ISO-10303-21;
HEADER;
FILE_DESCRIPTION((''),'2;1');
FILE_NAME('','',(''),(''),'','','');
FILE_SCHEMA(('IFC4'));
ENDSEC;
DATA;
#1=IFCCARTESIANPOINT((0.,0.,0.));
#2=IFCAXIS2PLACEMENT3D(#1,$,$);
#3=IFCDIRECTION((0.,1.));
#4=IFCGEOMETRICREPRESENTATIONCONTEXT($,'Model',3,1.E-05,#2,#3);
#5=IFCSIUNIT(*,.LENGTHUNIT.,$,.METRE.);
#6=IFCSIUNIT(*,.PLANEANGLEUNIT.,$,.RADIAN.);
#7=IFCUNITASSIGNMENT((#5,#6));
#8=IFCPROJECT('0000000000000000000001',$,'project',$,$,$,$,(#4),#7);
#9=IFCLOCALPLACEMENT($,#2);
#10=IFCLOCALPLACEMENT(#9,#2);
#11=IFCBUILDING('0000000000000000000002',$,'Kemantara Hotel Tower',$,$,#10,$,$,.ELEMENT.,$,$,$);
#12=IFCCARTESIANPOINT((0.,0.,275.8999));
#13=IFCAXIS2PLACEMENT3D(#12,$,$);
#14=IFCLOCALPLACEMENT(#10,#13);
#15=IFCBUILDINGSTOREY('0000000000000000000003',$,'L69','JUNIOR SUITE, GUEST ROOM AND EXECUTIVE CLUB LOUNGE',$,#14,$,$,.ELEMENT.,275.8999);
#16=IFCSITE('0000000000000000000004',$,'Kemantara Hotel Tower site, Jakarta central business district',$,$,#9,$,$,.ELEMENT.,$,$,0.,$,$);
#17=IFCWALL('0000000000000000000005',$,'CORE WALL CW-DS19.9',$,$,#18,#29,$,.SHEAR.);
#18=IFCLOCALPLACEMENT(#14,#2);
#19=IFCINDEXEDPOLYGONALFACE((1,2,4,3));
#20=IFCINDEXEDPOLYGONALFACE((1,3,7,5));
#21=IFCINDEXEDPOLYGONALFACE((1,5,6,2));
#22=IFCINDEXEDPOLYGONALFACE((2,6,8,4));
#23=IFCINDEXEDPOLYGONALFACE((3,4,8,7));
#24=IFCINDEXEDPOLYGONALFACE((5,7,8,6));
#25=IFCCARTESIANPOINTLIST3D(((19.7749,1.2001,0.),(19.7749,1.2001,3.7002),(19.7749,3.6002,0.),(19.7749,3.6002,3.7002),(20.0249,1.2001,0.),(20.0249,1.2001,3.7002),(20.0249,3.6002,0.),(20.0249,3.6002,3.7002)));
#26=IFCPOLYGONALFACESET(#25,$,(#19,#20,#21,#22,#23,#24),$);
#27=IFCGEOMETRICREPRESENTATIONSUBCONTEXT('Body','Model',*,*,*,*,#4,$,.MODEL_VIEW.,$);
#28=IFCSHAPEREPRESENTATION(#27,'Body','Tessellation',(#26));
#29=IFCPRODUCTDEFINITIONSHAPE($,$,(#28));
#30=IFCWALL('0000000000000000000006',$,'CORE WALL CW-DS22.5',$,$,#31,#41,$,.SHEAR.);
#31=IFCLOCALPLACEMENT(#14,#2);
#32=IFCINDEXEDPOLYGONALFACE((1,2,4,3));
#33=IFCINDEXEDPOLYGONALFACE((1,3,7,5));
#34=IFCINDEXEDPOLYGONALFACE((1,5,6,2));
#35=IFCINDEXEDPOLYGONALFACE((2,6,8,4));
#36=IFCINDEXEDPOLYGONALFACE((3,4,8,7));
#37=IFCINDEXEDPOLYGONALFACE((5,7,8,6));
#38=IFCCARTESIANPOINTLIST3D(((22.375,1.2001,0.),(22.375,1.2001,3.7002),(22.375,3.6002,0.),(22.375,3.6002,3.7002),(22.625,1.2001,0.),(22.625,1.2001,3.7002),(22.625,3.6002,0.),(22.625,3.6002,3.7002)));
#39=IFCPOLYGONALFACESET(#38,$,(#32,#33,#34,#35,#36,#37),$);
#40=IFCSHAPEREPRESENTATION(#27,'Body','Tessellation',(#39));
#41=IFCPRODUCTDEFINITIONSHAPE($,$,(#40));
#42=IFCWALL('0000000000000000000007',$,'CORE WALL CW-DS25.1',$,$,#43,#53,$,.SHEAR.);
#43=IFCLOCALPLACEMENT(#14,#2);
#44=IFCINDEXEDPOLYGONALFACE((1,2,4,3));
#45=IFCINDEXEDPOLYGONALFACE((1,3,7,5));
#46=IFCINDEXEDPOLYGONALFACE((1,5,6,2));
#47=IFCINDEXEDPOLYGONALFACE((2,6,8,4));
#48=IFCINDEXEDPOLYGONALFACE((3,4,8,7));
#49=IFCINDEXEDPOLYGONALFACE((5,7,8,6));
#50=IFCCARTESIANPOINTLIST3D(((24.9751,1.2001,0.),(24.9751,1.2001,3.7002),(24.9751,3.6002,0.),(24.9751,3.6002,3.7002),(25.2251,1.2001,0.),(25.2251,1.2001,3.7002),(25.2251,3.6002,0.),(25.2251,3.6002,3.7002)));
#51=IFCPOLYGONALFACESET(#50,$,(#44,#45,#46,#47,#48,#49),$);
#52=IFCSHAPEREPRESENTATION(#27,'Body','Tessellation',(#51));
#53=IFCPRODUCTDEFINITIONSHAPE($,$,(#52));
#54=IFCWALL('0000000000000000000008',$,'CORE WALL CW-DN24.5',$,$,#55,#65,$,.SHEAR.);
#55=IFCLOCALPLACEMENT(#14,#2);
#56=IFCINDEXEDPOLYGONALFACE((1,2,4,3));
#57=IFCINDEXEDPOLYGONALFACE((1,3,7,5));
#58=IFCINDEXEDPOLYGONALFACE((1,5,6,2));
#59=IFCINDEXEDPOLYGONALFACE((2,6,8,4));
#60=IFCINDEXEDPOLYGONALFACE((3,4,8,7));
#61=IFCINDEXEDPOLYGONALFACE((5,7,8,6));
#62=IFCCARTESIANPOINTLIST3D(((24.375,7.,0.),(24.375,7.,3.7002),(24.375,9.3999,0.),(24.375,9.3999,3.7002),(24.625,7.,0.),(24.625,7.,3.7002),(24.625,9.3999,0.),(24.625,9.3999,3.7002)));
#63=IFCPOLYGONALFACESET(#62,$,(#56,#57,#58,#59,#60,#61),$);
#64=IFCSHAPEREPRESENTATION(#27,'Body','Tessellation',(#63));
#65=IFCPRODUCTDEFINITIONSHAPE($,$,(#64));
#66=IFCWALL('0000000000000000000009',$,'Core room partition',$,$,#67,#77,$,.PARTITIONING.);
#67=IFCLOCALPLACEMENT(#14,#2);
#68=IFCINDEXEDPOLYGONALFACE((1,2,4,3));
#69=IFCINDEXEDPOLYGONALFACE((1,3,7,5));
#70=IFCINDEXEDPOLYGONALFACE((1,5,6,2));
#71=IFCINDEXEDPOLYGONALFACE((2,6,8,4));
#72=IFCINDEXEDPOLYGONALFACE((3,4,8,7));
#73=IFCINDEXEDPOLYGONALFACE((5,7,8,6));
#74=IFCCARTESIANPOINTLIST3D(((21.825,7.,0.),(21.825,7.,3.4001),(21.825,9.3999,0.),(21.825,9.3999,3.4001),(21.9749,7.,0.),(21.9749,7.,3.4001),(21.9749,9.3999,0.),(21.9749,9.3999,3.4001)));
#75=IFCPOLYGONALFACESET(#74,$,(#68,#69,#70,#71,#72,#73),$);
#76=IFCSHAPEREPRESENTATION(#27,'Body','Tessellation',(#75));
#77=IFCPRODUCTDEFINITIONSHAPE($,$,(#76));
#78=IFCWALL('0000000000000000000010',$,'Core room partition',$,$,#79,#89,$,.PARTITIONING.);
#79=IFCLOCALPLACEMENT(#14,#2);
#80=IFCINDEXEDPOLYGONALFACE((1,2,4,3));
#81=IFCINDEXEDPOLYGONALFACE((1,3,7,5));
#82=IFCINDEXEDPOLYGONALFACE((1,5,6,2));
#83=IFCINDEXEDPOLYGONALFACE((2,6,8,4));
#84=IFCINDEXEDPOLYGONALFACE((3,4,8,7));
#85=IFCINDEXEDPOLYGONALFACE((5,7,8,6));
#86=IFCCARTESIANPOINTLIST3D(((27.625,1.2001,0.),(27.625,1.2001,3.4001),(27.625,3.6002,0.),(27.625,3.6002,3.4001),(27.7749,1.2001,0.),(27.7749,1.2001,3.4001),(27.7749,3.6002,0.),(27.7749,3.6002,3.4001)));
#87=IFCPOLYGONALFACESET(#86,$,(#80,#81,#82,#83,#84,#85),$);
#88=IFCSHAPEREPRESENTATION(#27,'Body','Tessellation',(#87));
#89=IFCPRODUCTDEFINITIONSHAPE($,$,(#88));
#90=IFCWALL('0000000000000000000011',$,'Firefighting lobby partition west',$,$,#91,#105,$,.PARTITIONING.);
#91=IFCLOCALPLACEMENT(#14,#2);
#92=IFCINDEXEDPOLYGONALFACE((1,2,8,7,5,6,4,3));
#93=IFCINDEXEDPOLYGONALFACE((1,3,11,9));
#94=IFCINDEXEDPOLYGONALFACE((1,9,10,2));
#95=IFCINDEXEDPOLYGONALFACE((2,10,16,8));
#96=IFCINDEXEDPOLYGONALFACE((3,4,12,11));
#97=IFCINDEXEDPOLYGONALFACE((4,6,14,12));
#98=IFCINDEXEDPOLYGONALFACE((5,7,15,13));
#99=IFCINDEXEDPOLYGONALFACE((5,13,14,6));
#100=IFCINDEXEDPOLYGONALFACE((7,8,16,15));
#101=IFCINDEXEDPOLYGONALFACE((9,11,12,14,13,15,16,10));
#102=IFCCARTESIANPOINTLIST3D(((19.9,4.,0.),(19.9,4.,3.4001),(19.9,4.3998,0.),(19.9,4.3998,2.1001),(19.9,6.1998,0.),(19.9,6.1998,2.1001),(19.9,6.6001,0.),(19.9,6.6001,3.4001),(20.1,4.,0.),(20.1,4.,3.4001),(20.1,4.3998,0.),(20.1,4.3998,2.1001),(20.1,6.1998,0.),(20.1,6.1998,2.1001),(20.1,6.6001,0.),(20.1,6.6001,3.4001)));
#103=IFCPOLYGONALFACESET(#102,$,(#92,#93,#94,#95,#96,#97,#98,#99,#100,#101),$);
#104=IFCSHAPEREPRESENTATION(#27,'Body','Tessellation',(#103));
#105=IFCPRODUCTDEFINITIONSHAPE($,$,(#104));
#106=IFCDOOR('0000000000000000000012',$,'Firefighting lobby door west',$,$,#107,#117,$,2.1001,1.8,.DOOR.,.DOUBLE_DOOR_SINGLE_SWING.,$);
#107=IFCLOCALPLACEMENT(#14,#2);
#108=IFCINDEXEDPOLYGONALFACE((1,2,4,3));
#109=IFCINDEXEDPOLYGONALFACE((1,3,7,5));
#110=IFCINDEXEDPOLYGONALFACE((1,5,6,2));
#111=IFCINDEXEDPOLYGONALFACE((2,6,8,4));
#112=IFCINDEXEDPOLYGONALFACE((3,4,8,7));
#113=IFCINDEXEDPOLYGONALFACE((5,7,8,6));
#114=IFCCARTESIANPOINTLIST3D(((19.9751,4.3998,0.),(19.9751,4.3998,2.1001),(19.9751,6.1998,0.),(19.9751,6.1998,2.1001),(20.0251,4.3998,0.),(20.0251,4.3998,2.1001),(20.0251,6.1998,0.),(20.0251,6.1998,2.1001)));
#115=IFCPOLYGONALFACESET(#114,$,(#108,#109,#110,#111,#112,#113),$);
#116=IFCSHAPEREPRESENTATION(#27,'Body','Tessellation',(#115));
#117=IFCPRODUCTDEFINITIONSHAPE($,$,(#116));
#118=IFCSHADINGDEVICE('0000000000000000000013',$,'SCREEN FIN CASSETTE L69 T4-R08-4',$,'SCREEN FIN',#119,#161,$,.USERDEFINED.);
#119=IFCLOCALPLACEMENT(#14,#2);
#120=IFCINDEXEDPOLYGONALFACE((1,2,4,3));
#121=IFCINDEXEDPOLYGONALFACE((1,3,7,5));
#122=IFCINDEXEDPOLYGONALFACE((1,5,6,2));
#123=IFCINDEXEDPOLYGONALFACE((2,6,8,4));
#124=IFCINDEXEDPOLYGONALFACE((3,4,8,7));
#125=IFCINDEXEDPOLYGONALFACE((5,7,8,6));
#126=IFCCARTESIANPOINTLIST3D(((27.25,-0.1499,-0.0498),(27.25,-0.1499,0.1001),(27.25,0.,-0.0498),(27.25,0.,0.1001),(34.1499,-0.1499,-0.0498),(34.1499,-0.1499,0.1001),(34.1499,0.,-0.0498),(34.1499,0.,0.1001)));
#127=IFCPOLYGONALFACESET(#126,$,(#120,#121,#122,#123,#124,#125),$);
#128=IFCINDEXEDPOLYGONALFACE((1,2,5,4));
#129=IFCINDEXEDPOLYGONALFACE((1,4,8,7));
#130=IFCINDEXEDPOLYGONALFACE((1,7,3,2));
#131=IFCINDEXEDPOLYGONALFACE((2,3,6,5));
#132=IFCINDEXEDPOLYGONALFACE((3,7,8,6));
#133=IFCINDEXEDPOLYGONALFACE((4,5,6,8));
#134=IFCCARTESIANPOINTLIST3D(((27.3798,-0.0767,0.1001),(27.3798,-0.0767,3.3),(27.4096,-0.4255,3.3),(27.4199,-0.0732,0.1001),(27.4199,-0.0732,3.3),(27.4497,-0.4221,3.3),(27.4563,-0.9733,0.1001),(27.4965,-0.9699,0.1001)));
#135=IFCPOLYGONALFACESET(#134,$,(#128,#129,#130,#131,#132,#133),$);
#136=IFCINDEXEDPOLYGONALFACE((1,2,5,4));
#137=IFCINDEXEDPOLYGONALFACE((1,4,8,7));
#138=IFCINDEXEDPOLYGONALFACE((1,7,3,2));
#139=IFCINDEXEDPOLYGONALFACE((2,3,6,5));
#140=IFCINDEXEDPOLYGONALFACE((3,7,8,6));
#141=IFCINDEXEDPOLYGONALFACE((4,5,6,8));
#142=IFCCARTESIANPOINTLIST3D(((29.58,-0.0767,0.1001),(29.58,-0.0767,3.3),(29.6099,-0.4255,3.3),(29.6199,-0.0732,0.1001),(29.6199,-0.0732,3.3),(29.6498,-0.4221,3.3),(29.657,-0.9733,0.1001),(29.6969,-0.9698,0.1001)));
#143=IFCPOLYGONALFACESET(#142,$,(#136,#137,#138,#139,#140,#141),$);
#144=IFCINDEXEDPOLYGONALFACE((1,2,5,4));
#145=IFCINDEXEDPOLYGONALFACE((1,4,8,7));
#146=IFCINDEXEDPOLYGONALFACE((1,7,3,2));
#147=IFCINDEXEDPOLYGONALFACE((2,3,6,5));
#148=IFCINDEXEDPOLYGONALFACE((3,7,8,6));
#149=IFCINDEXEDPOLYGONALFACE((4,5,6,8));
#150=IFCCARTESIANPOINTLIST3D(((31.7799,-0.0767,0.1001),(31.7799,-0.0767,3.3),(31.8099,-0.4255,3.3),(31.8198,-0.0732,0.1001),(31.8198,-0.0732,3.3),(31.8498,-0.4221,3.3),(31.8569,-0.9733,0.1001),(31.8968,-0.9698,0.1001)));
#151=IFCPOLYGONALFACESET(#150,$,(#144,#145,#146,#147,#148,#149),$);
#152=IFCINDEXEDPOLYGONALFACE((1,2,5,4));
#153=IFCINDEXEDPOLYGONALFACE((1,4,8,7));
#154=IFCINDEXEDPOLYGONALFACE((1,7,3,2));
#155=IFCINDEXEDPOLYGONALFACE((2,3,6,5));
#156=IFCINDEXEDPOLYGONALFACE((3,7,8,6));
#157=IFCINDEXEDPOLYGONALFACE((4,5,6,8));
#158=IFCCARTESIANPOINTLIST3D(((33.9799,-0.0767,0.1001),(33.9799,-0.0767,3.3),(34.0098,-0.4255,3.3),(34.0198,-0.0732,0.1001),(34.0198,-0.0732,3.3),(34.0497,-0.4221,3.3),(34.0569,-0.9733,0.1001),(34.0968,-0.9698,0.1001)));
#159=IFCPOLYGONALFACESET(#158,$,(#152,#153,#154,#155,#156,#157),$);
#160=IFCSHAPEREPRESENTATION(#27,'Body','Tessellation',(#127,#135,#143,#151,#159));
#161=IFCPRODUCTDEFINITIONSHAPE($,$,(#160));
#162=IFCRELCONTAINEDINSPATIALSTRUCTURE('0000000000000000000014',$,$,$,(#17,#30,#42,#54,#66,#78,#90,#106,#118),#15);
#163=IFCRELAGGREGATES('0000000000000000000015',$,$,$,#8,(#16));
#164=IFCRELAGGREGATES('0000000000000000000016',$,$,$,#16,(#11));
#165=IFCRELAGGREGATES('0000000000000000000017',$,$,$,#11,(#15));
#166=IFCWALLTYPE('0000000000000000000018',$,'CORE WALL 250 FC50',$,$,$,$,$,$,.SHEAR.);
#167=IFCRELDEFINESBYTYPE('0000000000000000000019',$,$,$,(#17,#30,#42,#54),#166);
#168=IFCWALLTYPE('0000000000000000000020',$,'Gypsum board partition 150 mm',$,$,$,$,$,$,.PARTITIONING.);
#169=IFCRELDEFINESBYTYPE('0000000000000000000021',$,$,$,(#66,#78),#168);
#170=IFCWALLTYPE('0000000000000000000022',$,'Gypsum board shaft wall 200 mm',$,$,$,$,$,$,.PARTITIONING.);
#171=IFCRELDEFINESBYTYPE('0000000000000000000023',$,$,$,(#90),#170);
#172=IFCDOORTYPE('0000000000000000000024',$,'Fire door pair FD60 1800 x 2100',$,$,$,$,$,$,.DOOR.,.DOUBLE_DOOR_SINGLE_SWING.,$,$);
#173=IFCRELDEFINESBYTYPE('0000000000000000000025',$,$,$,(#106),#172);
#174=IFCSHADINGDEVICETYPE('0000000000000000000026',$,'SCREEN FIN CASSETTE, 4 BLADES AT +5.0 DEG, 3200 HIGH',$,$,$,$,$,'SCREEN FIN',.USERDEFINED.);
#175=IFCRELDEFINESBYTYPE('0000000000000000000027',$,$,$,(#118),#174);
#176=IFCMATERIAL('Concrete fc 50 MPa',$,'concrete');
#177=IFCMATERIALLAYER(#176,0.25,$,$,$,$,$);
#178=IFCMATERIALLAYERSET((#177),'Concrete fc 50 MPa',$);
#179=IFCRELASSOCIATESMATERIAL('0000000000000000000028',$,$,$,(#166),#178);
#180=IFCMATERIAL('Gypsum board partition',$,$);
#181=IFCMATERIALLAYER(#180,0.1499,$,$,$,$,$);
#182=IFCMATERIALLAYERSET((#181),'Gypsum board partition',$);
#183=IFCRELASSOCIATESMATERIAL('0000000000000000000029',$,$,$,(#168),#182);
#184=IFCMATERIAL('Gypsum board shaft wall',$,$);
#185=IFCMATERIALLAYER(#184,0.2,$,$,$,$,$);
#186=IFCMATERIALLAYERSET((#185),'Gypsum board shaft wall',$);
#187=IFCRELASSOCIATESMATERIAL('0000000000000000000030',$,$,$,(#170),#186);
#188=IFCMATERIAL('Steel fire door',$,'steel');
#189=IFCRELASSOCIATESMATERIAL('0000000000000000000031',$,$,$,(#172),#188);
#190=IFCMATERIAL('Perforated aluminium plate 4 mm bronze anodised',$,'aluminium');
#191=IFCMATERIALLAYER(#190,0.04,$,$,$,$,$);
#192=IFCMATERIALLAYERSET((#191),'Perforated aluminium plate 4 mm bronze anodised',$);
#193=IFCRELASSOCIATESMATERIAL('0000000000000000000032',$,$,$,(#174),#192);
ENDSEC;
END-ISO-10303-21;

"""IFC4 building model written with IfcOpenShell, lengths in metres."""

from ifc_helpers import new_model, si_unit, direction, frame, frame_2d, origin, origin_2d, place, context, subcontext, project, spatial, polyline, rectangle, outline, extrude, source, transform, mapped, material, layer, layer_set, type_object, element, fill, save


model = new_model("IFC4")

# Units and contexts
model_context = context("Model", 3, precision=1e-05, world=origin(), true_north=direction((0.0, 1.0)))
body_context = subcontext(model_context, "Body", "Model", "MODEL_VIEW")
ifc_project = project(units=[si_unit("LENGTHUNIT", "METRE"), si_unit("PLANEANGLEUNIT", "RADIAN")], contexts=[model_context])

# Site, building, storey
site_placement = place(None, origin())
site = spatial("IfcSite", under=ifc_project, at=site_placement, Name="Kemantara Hotel Tower site, Jakarta central business district", CompositionType="ELEMENT", RefElevation=0.0)
building_placement = place(site_placement, origin())
building = spatial("IfcBuilding", under=site, at=building_placement, Name="Kemantara Hotel Tower", CompositionType="ELEMENT")
storey_placement = place(building_placement, frame((0.0, 0.0, 275.8999)))
storey = spatial("IfcBuildingStorey", under=building, at=storey_placement, Name="L69", Description="JUNIOR SUITE, GUEST ROOM AND EXECUTIVE CLUB LOUNGE", CompositionType="ELEMENT", Elevation=275.8999)

# Walls
ifc_material_1 = material(Name="Concrete fc 50 MPa", Category="concrete")
ifc_layer_1 = layer(ifc_material_1, 0.25)
ifc_layer_set_1 = layer_set([ifc_layer_1], Name="Concrete fc 50 MPa")
wall_type_1 = type_object("IfcWallType", Name="CORE WALL 250 FC50", PredefinedType="SHEAR", material=ifc_layer_set_1)
for number, where, z_axis, x_axis, name in (
    (1, (19.8999, 1.2, 0.0), (0.0, 0.0, 1.0), (0.0, 1.0, 0.0), "CORE WALL CW-DS19.9"),
    (2, (22.5, 1.2, 0.0), (0.0, 0.0, 1.0), (0.0, 1.0, 0.0), "CORE WALL CW-DS22.5"),
    (3, (25.1001, 1.2, 0.0), (0.0, 0.0, 1.0), (0.0, 1.0, 0.0), "CORE WALL CW-DS25.1"),
):
    element("IfcWall", number, at=place(storey_placement, frame(where, z_axis=z_axis, x_axis=x_axis)), inside=storey, type_object=wall_type_1, Name=name, PredefinedType="SHEAR", context=body_context, shape_type="SweptSolid", body=[
        extrude(rectangle(XDim=2.4001, YDim=0.25, at=frame_2d((1.2002, 0.0))), origin(), (0.0, 0.0, 1.0), 3.7002),
    ])
wall_1_placement = place(storey_placement, frame((24.5, 7.0, 0.0), z_axis=(0.0, 0.0, 1.0), x_axis=(0.0, 1.0, 0.0)))
element("IfcWall", 4, at=wall_1_placement, inside=storey, type_object=wall_type_1, Name="CORE WALL CW-DN24.5", PredefinedType="SHEAR", context=body_context, shape_type="SweptSolid", body=[
    extrude(rectangle(XDim=2.3999, YDim=0.25, at=frame_2d((1.2, 0.0))), origin(), (0.0, 0.0, 1.0), 3.7002),
])
ifc_material_2 = material(Name="Gypsum board partition")
ifc_layer_2 = layer(ifc_material_2, 0.1499)
ifc_layer_set_2 = layer_set([ifc_layer_2], Name="Gypsum board partition")
wall_type_2 = type_object("IfcWallType", Name="Gypsum board partition 150 mm", PredefinedType="PARTITIONING", material=ifc_layer_set_2)
wall_2_placement = place(storey_placement, frame((21.8999, 7.0, 0.0), z_axis=(0.0, 0.0, 1.0), x_axis=(0.0, 1.0, 0.0)))
element("IfcWall", 5, at=wall_2_placement, inside=storey, type_object=wall_type_2, Name="Core room partition", PredefinedType="PARTITIONING", context=body_context, shape_type="SweptSolid", body=[
    extrude(rectangle(XDim=2.3999, YDim=0.1499, at=frame_2d((1.2, 0.0))), origin(), (0.0, 0.0, 1.0), 3.4001),
])
wall_3_placement = place(storey_placement, frame((27.7, 1.2, 0.0), z_axis=(0.0, 0.0, 1.0), x_axis=(0.0, 1.0, 0.0)))
element("IfcWall", 6, at=wall_3_placement, inside=storey, type_object=wall_type_2, Name="Core room partition", PredefinedType="PARTITIONING", context=body_context, shape_type="SweptSolid", body=[
    extrude(rectangle(XDim=2.4001, YDim=0.1499, at=frame_2d((1.2002, 0.0))), origin(), (0.0, 0.0, 1.0), 3.4001),
])

# Wall, opening, door
ifc_material_3 = material(Name="Gypsum board shaft wall")
ifc_layer_3 = layer(ifc_material_3, 0.2)
ifc_layer_set_3 = layer_set([ifc_layer_3], Name="Gypsum board shaft wall")
wall_type_3 = type_object("IfcWallType", Name="Gypsum board shaft wall 200 mm", PredefinedType="PARTITIONING", material=ifc_layer_set_3)
wall_4_placement = place(storey_placement, frame((20.0, 4.0, 0.0), z_axis=(0.0, 0.0, 1.0), x_axis=(0.0, 1.0, 0.0)))
wall_4 = element("IfcWall", 7, at=wall_4_placement, inside=storey, type_object=wall_type_3, Name="Firefighting lobby partition west", PredefinedType="PARTITIONING", context=body_context, shape_type="SweptSolid", body=[
    extrude(rectangle(XDim=2.6001, YDim=0.2, at=frame_2d((1.3, 0.0))), origin(), (0.0, 0.0, 1.0), 3.4001),
])
opening_placement = place(wall_4_placement, frame((0.3999, 0.0, 0.0)))
opening = element("IfcOpeningElement", 8, at=opening_placement, cuts=wall_4, PredefinedType="OPENING", context=body_context, shape_type="SweptSolid", body=[
    extrude(rectangle(XDim=1.8, YDim=2.1001, at=frame_2d((0.8999, 1.05))), frame((0.0, 0.1099, 0.0), z_axis=(0.0, -1.0, 0.0), x_axis=(1.0, 0.0, 0.0)), (0.0, 0.0, 1.0), 0.22),
])
ifc_material_4 = material(Name="Steel fire door", Category="steel")
door_type = type_object("IfcDoorType", Name="Fire door pair FD60 1800 x 2100", OperationType="DOUBLE_DOOR_SINGLE_SWING", PredefinedType="DOOR", material=ifc_material_4)
door_placement = place(opening_placement, origin())
door = element("IfcDoor", 9, at=door_placement, inside=storey, type_object=door_type, Name="Firefighting lobby door west", OperationType="DOUBLE_DOOR_SINGLE_SWING", OverallHeight=2.1001, OverallWidth=1.8, PredefinedType="DOOR", context=body_context, shape_type="SweptSolid", body=[
    extrude(rectangle(XDim=1.8, YDim=2.1001, at=frame_2d((0.8999, 1.05))), frame((0.0, 0.0249, 0.0), z_axis=(0.0, -1.0, 0.0), x_axis=(1.0, 0.0, 0.0)), (0.0, 0.0, 1.0), 0.05),
])
fill(opening, door)

# Shading device
ifc_material_5 = material(Name="Perforated aluminium plate 4 mm bronze anodised", Category="aluminium")
ifc_layer_4 = layer(ifc_material_5, 0.04)
ifc_layer_set_4 = layer_set([ifc_layer_4], Name="Perforated aluminium plate 4 mm bronze anodised")
shading_device_type = type_object("IfcShadingDeviceType", Name="SCREEN FIN CASSETTE, 4 BLADES AT +5.0 DEG, 3200 HIGH", ElementType="SCREEN FIN", PredefinedType="USERDEFINED", material=ifc_layer_set_4)
shared_shape = source(origin(), body_context, "Body", "SweptSolid", [
    extrude(rectangle(XDim=6.8999, YDim=0.1499, at=origin_2d()), frame((3.3, -0.075, -0.1499), z_axis=(0.0, 0.0, 1.0), x_axis=(1.0, 0.0, 0.0)), (0.0, 0.0, 1.0), 0.1499),
    extrude(outline(polyline([(0.0, 0.0), (0.8999, 0.0), (0.3501, 3.2), (0.0, 3.2), (0.0, 0.0)])), frame((0.02, -0.0732, 0.0), z_axis=(-0.996376, -0.085056, 0.0), x_axis=(0.085056, -0.996376, 0.0)), (0.0, 0.0, 1.0), 0.0403),
    extrude(outline(polyline([(0.0, 0.0), (0.8999, 0.0), (0.3501, 3.2), (0.0, 3.2), (0.0, 0.0)])), frame((2.22, -0.0732, 0.0), z_axis=(-0.996332, -0.085575, 0.0), x_axis=(0.085575, -0.996332, 0.0)), (0.0, 0.0, 1.0), 0.04),
    extrude(outline(polyline([(0.0, 0.0), (0.8999, 0.0), (0.3501, 3.2), (0.0, 3.2), (0.0, 0.0)])), frame((4.4199, -0.0732, 0.0), z_axis=(-0.996332, -0.085575, 0.0), x_axis=(0.085575, -0.996332, 0.0)), (0.0, 0.0, 1.0), 0.04),
    extrude(outline(polyline([(0.0, 0.0), (0.8999, 0.0), (0.3501, 3.2), (0.0, 3.2), (0.0, 0.0)])), frame((6.6199, -0.0732, 0.0), z_axis=(-0.996332, -0.085575, 0.0), x_axis=(0.085575, -0.996332, 0.0)), (0.0, 0.0, 1.0), 0.04),
])
shading_device_placement = place(storey_placement, frame((27.3999, 0.0, 0.1001), z_axis=(0.0, 0.0, 1.0), x_axis=(1.0, 0.0, 0.0)))
element("IfcShadingDevice", 10, at=shading_device_placement, inside=storey, type_object=shading_device_type, Name="SCREEN FIN CASSETTE L69 T4-R08-4", ObjectType="SCREEN FIN", PredefinedType="USERDEFINED", context=body_context, shape_type="MappedRepresentation", body=[
    mapped(shared_shape, transform((0.0, 0.0, 0.0))),
])

save(model, "model.ifc")
